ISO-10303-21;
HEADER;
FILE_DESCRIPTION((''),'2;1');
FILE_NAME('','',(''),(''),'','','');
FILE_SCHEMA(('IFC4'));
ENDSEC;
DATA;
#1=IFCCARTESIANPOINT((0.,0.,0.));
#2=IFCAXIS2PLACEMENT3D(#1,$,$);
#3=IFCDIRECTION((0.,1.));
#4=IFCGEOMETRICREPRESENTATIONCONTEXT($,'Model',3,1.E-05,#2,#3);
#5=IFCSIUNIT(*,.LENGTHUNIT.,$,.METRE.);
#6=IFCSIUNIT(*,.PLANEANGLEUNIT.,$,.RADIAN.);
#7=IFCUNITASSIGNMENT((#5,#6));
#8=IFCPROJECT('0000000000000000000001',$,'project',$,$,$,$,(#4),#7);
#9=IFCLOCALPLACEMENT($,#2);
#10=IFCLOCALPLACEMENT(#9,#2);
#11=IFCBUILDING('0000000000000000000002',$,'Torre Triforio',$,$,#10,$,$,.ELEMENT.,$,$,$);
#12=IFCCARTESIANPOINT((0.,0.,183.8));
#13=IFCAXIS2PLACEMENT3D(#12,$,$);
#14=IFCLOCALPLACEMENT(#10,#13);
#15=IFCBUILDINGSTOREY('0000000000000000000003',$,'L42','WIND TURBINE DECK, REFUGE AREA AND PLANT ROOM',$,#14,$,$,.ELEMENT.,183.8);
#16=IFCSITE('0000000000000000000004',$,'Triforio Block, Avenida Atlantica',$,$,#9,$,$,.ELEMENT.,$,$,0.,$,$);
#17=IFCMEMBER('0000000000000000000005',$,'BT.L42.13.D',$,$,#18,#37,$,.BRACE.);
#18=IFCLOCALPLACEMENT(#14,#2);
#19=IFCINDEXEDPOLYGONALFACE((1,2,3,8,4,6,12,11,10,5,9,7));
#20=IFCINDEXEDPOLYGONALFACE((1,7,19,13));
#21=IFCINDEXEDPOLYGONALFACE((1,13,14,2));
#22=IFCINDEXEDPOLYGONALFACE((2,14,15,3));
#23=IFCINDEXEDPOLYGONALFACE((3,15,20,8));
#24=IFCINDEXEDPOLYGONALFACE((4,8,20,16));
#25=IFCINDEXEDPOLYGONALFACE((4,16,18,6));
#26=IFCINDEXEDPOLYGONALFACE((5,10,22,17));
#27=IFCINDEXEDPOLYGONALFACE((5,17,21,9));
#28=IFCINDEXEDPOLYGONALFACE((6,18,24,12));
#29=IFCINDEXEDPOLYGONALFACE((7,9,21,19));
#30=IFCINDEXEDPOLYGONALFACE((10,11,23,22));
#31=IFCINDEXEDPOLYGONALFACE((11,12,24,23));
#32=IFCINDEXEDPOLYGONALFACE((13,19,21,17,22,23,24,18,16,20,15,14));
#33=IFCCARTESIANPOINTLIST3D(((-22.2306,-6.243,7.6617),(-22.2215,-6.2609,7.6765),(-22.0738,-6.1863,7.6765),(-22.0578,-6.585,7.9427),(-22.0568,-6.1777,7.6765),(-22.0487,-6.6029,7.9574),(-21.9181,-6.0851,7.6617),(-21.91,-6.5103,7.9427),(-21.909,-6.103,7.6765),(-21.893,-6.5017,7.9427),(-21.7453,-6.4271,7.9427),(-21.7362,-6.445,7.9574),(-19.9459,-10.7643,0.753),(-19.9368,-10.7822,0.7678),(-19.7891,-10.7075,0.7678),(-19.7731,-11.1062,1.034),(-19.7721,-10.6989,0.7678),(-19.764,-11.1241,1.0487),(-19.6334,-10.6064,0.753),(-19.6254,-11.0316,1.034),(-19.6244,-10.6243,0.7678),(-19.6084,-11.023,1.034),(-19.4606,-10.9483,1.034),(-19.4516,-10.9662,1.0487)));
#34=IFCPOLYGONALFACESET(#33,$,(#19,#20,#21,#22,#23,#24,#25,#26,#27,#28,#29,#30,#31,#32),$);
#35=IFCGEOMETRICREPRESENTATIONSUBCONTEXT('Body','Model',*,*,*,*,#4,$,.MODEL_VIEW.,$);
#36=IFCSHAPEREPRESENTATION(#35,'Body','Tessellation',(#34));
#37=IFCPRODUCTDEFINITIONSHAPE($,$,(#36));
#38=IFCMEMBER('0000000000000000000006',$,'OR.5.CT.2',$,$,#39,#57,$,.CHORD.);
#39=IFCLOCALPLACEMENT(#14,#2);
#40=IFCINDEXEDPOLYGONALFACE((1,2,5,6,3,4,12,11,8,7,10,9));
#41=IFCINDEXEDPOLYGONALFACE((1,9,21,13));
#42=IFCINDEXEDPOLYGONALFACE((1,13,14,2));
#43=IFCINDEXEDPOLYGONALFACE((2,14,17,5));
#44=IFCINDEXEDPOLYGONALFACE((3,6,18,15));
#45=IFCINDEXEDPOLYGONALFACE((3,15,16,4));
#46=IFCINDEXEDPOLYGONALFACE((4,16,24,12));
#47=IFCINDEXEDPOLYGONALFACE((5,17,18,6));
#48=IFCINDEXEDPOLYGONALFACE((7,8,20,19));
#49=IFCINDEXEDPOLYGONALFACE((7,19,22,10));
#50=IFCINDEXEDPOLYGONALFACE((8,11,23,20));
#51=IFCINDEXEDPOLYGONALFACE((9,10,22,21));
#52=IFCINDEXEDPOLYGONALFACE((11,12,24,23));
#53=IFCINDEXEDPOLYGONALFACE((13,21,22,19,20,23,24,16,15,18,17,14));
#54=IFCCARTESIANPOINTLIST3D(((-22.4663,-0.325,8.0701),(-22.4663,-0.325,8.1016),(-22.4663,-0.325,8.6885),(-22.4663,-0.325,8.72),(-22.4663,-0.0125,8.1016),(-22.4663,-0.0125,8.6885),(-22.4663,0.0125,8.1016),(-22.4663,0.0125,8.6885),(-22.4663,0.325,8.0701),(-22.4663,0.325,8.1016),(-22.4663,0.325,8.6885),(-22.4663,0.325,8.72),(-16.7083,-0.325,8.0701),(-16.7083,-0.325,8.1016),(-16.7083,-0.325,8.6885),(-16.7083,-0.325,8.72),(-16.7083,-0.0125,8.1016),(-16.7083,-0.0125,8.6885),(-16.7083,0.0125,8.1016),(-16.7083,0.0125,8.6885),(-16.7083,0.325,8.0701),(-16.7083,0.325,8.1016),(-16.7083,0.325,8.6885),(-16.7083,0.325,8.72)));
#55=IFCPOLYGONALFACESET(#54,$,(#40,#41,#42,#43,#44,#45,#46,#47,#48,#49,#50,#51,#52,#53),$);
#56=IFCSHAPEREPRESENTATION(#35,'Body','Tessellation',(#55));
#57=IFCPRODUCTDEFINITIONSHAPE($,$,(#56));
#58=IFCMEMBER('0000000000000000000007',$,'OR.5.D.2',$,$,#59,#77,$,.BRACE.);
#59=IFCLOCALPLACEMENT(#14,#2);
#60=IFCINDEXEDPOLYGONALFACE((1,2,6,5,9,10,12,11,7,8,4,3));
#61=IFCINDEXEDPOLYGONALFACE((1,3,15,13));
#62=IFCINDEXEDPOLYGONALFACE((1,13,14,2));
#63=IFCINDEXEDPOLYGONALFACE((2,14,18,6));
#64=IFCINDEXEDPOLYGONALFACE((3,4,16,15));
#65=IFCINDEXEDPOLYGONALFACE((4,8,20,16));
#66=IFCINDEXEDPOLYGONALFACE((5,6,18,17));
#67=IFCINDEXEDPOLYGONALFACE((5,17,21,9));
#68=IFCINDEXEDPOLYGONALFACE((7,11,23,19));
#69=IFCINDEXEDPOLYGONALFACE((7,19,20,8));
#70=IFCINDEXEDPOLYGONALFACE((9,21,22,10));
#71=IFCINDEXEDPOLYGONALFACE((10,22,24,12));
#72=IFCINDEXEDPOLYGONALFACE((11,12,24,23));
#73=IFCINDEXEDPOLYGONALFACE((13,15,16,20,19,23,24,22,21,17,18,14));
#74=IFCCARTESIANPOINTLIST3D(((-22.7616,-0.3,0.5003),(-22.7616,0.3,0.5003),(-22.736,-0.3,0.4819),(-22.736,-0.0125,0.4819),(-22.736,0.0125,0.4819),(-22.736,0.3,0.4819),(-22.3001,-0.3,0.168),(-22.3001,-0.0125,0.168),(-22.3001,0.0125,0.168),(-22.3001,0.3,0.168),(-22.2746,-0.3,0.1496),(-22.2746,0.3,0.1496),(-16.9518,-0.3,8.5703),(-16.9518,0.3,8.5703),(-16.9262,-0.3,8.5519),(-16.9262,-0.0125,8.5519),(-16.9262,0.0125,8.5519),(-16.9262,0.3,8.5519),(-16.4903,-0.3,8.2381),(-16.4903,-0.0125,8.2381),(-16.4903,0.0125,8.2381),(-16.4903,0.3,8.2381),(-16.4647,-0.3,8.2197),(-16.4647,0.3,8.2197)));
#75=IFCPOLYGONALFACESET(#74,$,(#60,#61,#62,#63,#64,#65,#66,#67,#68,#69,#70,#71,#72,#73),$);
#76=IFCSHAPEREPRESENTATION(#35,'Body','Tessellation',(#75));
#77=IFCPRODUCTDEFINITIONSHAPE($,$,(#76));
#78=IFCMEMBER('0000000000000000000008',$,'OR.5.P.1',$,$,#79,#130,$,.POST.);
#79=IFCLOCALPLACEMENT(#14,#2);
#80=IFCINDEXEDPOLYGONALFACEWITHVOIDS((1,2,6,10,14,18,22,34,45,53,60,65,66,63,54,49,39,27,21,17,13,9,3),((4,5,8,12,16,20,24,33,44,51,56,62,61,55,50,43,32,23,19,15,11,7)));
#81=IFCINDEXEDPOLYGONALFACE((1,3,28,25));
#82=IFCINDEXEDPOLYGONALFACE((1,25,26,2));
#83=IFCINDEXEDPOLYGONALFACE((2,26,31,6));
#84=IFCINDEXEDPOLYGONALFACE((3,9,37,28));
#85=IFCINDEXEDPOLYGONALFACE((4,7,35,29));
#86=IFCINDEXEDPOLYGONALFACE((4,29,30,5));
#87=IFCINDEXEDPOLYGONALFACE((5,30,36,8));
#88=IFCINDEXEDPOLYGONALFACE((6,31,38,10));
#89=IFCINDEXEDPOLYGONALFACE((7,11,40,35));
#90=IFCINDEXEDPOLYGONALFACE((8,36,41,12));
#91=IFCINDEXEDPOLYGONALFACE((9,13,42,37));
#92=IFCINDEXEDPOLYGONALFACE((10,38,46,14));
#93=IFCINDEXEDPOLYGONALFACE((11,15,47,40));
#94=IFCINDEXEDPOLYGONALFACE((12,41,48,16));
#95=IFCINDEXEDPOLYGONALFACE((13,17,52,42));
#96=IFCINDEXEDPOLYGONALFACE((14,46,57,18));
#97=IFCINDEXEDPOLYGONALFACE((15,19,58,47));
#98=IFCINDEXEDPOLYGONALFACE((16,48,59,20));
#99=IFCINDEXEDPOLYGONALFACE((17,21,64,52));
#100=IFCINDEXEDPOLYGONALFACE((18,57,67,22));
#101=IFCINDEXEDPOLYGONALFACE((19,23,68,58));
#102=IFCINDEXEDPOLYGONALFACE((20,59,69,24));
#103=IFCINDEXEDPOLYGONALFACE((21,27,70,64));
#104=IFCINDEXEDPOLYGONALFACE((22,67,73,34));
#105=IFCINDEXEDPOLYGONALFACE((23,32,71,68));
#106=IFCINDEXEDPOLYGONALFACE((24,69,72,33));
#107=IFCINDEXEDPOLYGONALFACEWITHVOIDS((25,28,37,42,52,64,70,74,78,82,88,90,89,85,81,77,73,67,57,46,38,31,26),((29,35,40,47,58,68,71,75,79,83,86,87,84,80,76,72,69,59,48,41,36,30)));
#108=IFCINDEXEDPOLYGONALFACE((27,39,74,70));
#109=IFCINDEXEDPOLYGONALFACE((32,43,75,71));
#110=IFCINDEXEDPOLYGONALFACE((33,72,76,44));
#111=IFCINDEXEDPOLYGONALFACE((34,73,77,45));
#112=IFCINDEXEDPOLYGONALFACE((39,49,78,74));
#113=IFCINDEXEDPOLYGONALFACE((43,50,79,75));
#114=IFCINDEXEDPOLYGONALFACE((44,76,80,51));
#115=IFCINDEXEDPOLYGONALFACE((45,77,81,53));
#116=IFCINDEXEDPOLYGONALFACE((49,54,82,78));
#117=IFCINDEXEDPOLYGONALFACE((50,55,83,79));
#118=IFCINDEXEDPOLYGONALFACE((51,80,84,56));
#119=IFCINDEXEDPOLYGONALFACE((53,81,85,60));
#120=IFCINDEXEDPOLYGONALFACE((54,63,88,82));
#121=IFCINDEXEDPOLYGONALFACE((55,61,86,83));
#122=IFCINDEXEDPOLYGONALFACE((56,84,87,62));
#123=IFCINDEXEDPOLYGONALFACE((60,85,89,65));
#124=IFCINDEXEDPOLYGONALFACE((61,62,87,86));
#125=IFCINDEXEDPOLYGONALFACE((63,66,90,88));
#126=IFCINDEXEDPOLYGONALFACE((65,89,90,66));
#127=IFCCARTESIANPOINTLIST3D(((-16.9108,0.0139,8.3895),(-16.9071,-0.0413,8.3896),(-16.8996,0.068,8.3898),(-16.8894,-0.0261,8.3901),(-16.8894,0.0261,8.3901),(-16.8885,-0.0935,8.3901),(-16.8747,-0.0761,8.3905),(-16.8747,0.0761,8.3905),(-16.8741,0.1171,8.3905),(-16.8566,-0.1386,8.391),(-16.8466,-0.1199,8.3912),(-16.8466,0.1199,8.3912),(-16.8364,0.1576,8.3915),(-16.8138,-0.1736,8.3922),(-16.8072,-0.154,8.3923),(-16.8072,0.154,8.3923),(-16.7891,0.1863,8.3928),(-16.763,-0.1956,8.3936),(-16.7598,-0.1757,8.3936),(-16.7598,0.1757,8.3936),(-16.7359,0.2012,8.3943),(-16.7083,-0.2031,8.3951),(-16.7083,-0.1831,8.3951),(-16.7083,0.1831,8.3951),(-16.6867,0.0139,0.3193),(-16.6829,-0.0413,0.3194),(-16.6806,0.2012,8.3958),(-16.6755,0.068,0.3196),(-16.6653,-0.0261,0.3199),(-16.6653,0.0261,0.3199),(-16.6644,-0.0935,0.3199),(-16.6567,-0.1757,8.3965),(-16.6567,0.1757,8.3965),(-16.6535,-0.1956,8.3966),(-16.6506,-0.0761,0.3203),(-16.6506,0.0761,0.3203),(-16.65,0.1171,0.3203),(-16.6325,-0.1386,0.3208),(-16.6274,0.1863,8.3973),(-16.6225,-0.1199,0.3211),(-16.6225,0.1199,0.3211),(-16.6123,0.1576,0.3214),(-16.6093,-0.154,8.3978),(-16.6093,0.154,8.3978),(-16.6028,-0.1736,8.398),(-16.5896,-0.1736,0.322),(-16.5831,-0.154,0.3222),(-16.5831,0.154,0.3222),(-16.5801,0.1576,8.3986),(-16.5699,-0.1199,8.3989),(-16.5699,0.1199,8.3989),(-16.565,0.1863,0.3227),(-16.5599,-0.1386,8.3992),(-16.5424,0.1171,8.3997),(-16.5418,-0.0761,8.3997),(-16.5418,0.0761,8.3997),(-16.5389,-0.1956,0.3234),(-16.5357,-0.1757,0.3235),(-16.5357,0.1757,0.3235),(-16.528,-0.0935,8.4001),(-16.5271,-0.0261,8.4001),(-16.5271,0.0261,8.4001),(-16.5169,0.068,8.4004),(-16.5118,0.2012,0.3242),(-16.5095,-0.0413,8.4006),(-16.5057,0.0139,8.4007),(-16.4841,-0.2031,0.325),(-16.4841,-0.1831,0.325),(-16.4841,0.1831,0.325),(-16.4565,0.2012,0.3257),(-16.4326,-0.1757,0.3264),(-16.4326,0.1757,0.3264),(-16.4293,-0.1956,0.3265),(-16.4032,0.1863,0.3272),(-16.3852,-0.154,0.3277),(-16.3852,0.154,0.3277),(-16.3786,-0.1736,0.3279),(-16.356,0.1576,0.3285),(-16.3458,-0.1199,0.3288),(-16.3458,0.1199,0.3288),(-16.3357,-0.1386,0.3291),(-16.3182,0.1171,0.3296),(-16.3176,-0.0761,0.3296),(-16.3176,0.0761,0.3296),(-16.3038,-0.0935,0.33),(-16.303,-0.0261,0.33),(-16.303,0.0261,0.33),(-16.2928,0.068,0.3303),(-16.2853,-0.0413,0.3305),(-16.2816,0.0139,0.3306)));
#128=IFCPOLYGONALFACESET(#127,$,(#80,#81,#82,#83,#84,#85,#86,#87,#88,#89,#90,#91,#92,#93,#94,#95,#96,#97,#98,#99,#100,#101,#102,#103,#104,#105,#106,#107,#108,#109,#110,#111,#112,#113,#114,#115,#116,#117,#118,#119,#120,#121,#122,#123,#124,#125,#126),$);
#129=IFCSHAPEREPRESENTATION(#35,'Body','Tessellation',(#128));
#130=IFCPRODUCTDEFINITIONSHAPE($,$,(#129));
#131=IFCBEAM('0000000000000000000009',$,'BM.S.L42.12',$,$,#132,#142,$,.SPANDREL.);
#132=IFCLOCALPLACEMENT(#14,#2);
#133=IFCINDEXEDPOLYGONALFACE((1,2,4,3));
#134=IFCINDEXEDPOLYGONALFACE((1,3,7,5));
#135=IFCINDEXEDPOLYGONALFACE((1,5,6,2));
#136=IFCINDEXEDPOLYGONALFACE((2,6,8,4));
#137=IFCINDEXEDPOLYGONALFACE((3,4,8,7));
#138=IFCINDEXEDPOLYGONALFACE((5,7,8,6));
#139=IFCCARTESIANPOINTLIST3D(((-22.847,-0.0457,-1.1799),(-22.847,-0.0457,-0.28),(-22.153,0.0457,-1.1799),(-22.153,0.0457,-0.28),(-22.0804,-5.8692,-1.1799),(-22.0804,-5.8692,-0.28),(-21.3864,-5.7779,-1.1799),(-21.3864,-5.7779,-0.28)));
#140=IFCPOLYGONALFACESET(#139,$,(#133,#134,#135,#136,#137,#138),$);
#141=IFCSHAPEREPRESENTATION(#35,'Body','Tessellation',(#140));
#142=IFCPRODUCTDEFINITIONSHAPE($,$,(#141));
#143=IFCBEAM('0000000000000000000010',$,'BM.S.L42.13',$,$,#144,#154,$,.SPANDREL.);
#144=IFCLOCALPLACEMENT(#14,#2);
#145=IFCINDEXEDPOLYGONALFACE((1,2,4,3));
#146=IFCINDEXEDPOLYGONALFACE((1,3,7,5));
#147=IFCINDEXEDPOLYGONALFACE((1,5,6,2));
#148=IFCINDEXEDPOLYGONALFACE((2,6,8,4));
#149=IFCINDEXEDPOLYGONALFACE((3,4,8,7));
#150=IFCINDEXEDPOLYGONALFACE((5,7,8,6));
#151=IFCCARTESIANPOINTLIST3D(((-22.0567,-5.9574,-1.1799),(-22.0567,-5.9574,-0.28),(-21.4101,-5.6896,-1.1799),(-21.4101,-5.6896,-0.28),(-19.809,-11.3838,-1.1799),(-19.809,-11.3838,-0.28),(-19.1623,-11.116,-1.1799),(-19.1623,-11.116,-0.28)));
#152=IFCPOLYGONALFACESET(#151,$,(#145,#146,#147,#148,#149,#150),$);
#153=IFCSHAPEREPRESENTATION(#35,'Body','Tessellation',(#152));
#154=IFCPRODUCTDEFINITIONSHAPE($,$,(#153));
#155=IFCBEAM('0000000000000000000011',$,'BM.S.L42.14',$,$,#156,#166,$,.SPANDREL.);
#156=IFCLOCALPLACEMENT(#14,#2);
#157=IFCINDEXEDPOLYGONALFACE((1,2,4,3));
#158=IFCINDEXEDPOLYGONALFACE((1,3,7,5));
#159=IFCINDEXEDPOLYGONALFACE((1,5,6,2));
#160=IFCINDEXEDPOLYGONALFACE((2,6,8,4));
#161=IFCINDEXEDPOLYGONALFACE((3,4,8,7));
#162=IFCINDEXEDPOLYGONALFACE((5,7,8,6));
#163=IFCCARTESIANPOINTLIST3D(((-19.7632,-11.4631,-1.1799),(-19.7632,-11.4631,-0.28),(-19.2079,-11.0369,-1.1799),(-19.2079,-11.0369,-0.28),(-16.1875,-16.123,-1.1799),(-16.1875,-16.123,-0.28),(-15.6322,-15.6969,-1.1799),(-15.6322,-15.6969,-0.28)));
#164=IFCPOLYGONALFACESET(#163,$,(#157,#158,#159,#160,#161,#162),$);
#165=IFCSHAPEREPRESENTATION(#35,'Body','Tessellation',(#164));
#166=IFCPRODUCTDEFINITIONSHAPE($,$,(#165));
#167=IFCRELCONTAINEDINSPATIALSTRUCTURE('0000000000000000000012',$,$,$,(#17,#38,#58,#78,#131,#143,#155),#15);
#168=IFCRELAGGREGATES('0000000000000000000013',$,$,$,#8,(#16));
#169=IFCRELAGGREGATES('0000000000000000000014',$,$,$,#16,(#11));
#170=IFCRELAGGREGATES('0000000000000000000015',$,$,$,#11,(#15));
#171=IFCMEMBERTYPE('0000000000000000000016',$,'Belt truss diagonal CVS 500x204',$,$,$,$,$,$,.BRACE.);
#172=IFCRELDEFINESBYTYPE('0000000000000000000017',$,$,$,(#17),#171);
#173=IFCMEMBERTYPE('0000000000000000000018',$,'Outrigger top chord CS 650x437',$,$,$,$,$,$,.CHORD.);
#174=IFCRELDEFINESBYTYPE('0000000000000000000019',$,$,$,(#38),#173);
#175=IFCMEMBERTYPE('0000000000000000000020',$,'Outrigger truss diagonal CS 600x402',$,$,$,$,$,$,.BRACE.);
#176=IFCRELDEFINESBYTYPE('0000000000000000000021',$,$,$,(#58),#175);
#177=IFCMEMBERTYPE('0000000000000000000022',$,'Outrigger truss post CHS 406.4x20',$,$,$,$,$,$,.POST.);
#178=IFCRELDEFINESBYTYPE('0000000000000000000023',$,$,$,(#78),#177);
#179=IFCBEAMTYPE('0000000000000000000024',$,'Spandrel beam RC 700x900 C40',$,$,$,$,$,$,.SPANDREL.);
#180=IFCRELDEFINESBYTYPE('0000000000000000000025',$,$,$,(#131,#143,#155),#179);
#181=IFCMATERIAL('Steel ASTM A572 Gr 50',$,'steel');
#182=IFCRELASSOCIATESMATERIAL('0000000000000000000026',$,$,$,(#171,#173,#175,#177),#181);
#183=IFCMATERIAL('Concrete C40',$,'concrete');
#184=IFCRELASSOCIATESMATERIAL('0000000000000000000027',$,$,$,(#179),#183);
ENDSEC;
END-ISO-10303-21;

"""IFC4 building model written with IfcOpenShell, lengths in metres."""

from ifc_helpers import new_model, si_unit, direction, frame, origin, origin_2d, place, context, subcontext, project, spatial, rectangle, hollow_circle, i_section, extrude, material, material_profile, profile_set, type_object, element, save


model = new_model("IFC4")

# Units and contexts
model_context = context("Model", 3, precision=1e-05, world=origin(), true_north=direction((0.0, 1.0)))
body_context = subcontext(model_context, "Body", "Model", "MODEL_VIEW")
ifc_project = project(units=[si_unit("LENGTHUNIT", "METRE"), si_unit("PLANEANGLEUNIT", "RADIAN")], contexts=[model_context])

# Site, building, storey
site_placement = place(None, origin())
site = spatial("IfcSite", under=ifc_project, at=site_placement, Name="Triforio Block, Avenida Atlantica", CompositionType="ELEMENT", RefElevation=0.0)
building_placement = place(site_placement, origin())
building = spatial("IfcBuilding", under=site, at=building_placement, Name="Torre Triforio", CompositionType="ELEMENT")
storey_placement = place(building_placement, frame((0.0, 0.0, 183.8)))
storey = spatial("IfcBuildingStorey", under=building, at=storey_placement, Name="L42", Description="WIND TURBINE DECK, REFUGE AREA AND PLANT ROOM", CompositionType="ELEMENT", Elevation=183.8)

# Members
ifc_material_1 = material(Name="Steel ASTM A572 Gr 50", Category="steel")
ifc_material_profile_1 = material_profile(ifc_material_1, i_section(OverallWidth=0.3501, OverallDepth=0.5, WebThickness=0.019, FlangeThickness=0.0249, at=origin_2d()), Name="CVS 500x204")
ifc_profile_set_1 = profile_set([ifc_material_profile_1], Name="Steel ASTM A572 Gr 50")
member_type_1 = type_object("IfcMemberType", Name="Belt truss diagonal CVS 500x204", PredefinedType="BRACE", material=ifc_profile_set_1)
member_1_placement = place(storey_placement, frame((-21.9834, -6.344, 7.8096), z_axis=(0.266686, -0.527758, -0.806442), x_axis=(0.89252, 0.451007, 0.0)))
element("IfcMember", 1, at=member_1_placement, inside=storey, type_object=member_type_1, Name="BT.L42.13.D", PredefinedType="BRACE", context=body_context, shape_type="SweptSolid", body=[
    extrude(i_section(OverallWidth=0.3501, OverallDepth=0.5, WebThickness=0.019, FlangeThickness=0.0249, at=origin_2d()), origin(), (0.0, 0.0, 1.0), 8.5669),
])
ifc_material_profile_2 = material_profile(ifc_material_1, i_section(OverallWidth=0.6499, OverallDepth=0.6499, WebThickness=0.0249, FlangeThickness=0.0315, at=origin_2d()), Name="CS 650x437")
ifc_profile_set_2 = profile_set([ifc_material_profile_2], Name="Steel ASTM A572 Gr 50")
member_type_2 = type_object("IfcMemberType", Name="Outrigger top chord CS 650x437", PredefinedType="CHORD", material=ifc_profile_set_2)
member_2_placement = place(storey_placement, frame((-16.7083, 0.0, 8.395), z_axis=(-1.0, 0.0, 0.0), x_axis=(0.0, -1.0, 0.0)))
element("IfcMember", 2, at=member_2_placement, inside=storey, type_object=member_type_2, Name="OR.5.CT.2", PredefinedType="CHORD", context=body_context, shape_type="SweptSolid", body=[
    extrude(i_section(OverallWidth=0.6499, OverallDepth=0.6499, WebThickness=0.0249, FlangeThickness=0.0315, at=origin_2d()), origin(), (0.0, 0.0, 1.0), 5.7581),
])
ifc_material_profile_3 = material_profile(ifc_material_1, i_section(OverallWidth=0.6001, OverallDepth=0.6001, WebThickness=0.0249, FlangeThickness=0.0315, at=origin_2d()), Name="CS 600x402")
ifc_profile_set_3 = profile_set([ifc_material_profile_3], Name="Steel ASTM A572 Gr 50")
member_type_3 = type_object("IfcMemberType", Name="Outrigger truss diagonal CS 600x402", PredefinedType="BRACE", material=ifc_profile_set_3)
member_3_placement = place(storey_placement, frame((-16.7083, 0.0, 8.395), z_axis=(-0.584263, 0.0, -0.811565), x_axis=(0.0, -1.0, 0.0)))
element("IfcMember", 3, at=member_3_placement, inside=storey, type_object=member_type_3, Name="OR.5.D.2", PredefinedType="BRACE", context=body_context, shape_type="SweptSolid", body=[
    extrude(i_section(OverallWidth=0.6001, OverallDepth=0.6001, WebThickness=0.0249, FlangeThickness=0.0315, at=origin_2d()), origin(), (0.0, 0.0, 1.0), 9.9438),
])
ifc_material_profile_4 = material_profile(ifc_material_1, hollow_circle(Radius=0.2031, WallThickness=0.02, at=origin_2d()), Name="CHS 406.4x20")
ifc_profile_set_4 = profile_set([ifc_material_profile_4], Name="Steel ASTM A572 Gr 50")
member_type_4 = type_object("IfcMemberType", Name="Outrigger truss post CHS 406.4x20", PredefinedType="POST", material=ifc_profile_set_4)
member_4_placement = place(storey_placement, frame((-16.4841, 0.0, 0.325), z_axis=(-0.027761, 0.0, 0.999615), x_axis=(0.0, -1.0, 0.0)))
element("IfcMember", 4, at=member_4_placement, inside=storey, type_object=member_type_4, Name="OR.5.P.1", PredefinedType="POST", context=body_context, shape_type="SweptSolid", body=[
    extrude(hollow_circle(Radius=0.2031, WallThickness=0.02, at=origin_2d()), origin(), (0.0, 0.0, 1.0), 8.0732),
])

# Beams
ifc_material_2 = material(Name="Concrete C40", Category="concrete")
ifc_material_profile_5 = material_profile(ifc_material_2, rectangle(XDim=0.7, YDim=0.8999, at=origin_2d()), Name="RC 700x900")
ifc_profile_set_5 = profile_set([ifc_material_profile_5], Name="Concrete C40")
beam_type = type_object("IfcBeamType", Name="Spandrel beam RC 700x900 C40", PredefinedType="SPANDREL", material=ifc_profile_set_5)
beam_1_placement = place(storey_placement, frame((-22.5, 0.0, -0.73), z_axis=(0.130514, -0.991447, 0.0), x_axis=(0.991447, 0.130514, 0.0)))
element("IfcBeam", 5, at=beam_1_placement, inside=storey, type_object=beam_type, Name="BM.S.L42.12", PredefinedType="SPANDREL", context=body_context, shape_type="SweptSolid", body=[
    extrude(rectangle(XDim=0.7, YDim=0.8999, at=origin_2d()), origin(), (0.0, 0.0, 1.0), 5.8738),
])
beam_2_placement = place(storey_placement, frame((-21.7334, -5.8235, -0.73), z_axis=(0.382693, -0.923875, 0.0), x_axis=(0.923875, 0.382693, 0.0)))
element("IfcBeam", 6, at=beam_2_placement, inside=storey, type_object=beam_type, Name="BM.S.L42.13", PredefinedType="SPANDREL", context=body_context, shape_type="SweptSolid", body=[
    extrude(rectangle(XDim=0.7, YDim=0.8999, at=origin_2d()), origin(), (0.0, 0.0, 1.0), 5.8735),
])
beam_3_placement = place(storey_placement, frame((-19.4856, -11.25, -0.73), z_axis=(0.608762, -0.793353, 0.0), x_axis=(0.793353, 0.608762, 0.0)))
element("IfcBeam", 7, at=beam_3_placement, inside=storey, type_object=beam_type, Name="BM.S.L42.14", PredefinedType="SPANDREL", context=body_context, shape_type="SweptSolid", body=[
    extrude(rectangle(XDim=0.7, YDim=0.8999, at=origin_2d()), origin(), (0.0, 0.0, 1.0), 5.8738),
])

save(model, "model.ifc")
